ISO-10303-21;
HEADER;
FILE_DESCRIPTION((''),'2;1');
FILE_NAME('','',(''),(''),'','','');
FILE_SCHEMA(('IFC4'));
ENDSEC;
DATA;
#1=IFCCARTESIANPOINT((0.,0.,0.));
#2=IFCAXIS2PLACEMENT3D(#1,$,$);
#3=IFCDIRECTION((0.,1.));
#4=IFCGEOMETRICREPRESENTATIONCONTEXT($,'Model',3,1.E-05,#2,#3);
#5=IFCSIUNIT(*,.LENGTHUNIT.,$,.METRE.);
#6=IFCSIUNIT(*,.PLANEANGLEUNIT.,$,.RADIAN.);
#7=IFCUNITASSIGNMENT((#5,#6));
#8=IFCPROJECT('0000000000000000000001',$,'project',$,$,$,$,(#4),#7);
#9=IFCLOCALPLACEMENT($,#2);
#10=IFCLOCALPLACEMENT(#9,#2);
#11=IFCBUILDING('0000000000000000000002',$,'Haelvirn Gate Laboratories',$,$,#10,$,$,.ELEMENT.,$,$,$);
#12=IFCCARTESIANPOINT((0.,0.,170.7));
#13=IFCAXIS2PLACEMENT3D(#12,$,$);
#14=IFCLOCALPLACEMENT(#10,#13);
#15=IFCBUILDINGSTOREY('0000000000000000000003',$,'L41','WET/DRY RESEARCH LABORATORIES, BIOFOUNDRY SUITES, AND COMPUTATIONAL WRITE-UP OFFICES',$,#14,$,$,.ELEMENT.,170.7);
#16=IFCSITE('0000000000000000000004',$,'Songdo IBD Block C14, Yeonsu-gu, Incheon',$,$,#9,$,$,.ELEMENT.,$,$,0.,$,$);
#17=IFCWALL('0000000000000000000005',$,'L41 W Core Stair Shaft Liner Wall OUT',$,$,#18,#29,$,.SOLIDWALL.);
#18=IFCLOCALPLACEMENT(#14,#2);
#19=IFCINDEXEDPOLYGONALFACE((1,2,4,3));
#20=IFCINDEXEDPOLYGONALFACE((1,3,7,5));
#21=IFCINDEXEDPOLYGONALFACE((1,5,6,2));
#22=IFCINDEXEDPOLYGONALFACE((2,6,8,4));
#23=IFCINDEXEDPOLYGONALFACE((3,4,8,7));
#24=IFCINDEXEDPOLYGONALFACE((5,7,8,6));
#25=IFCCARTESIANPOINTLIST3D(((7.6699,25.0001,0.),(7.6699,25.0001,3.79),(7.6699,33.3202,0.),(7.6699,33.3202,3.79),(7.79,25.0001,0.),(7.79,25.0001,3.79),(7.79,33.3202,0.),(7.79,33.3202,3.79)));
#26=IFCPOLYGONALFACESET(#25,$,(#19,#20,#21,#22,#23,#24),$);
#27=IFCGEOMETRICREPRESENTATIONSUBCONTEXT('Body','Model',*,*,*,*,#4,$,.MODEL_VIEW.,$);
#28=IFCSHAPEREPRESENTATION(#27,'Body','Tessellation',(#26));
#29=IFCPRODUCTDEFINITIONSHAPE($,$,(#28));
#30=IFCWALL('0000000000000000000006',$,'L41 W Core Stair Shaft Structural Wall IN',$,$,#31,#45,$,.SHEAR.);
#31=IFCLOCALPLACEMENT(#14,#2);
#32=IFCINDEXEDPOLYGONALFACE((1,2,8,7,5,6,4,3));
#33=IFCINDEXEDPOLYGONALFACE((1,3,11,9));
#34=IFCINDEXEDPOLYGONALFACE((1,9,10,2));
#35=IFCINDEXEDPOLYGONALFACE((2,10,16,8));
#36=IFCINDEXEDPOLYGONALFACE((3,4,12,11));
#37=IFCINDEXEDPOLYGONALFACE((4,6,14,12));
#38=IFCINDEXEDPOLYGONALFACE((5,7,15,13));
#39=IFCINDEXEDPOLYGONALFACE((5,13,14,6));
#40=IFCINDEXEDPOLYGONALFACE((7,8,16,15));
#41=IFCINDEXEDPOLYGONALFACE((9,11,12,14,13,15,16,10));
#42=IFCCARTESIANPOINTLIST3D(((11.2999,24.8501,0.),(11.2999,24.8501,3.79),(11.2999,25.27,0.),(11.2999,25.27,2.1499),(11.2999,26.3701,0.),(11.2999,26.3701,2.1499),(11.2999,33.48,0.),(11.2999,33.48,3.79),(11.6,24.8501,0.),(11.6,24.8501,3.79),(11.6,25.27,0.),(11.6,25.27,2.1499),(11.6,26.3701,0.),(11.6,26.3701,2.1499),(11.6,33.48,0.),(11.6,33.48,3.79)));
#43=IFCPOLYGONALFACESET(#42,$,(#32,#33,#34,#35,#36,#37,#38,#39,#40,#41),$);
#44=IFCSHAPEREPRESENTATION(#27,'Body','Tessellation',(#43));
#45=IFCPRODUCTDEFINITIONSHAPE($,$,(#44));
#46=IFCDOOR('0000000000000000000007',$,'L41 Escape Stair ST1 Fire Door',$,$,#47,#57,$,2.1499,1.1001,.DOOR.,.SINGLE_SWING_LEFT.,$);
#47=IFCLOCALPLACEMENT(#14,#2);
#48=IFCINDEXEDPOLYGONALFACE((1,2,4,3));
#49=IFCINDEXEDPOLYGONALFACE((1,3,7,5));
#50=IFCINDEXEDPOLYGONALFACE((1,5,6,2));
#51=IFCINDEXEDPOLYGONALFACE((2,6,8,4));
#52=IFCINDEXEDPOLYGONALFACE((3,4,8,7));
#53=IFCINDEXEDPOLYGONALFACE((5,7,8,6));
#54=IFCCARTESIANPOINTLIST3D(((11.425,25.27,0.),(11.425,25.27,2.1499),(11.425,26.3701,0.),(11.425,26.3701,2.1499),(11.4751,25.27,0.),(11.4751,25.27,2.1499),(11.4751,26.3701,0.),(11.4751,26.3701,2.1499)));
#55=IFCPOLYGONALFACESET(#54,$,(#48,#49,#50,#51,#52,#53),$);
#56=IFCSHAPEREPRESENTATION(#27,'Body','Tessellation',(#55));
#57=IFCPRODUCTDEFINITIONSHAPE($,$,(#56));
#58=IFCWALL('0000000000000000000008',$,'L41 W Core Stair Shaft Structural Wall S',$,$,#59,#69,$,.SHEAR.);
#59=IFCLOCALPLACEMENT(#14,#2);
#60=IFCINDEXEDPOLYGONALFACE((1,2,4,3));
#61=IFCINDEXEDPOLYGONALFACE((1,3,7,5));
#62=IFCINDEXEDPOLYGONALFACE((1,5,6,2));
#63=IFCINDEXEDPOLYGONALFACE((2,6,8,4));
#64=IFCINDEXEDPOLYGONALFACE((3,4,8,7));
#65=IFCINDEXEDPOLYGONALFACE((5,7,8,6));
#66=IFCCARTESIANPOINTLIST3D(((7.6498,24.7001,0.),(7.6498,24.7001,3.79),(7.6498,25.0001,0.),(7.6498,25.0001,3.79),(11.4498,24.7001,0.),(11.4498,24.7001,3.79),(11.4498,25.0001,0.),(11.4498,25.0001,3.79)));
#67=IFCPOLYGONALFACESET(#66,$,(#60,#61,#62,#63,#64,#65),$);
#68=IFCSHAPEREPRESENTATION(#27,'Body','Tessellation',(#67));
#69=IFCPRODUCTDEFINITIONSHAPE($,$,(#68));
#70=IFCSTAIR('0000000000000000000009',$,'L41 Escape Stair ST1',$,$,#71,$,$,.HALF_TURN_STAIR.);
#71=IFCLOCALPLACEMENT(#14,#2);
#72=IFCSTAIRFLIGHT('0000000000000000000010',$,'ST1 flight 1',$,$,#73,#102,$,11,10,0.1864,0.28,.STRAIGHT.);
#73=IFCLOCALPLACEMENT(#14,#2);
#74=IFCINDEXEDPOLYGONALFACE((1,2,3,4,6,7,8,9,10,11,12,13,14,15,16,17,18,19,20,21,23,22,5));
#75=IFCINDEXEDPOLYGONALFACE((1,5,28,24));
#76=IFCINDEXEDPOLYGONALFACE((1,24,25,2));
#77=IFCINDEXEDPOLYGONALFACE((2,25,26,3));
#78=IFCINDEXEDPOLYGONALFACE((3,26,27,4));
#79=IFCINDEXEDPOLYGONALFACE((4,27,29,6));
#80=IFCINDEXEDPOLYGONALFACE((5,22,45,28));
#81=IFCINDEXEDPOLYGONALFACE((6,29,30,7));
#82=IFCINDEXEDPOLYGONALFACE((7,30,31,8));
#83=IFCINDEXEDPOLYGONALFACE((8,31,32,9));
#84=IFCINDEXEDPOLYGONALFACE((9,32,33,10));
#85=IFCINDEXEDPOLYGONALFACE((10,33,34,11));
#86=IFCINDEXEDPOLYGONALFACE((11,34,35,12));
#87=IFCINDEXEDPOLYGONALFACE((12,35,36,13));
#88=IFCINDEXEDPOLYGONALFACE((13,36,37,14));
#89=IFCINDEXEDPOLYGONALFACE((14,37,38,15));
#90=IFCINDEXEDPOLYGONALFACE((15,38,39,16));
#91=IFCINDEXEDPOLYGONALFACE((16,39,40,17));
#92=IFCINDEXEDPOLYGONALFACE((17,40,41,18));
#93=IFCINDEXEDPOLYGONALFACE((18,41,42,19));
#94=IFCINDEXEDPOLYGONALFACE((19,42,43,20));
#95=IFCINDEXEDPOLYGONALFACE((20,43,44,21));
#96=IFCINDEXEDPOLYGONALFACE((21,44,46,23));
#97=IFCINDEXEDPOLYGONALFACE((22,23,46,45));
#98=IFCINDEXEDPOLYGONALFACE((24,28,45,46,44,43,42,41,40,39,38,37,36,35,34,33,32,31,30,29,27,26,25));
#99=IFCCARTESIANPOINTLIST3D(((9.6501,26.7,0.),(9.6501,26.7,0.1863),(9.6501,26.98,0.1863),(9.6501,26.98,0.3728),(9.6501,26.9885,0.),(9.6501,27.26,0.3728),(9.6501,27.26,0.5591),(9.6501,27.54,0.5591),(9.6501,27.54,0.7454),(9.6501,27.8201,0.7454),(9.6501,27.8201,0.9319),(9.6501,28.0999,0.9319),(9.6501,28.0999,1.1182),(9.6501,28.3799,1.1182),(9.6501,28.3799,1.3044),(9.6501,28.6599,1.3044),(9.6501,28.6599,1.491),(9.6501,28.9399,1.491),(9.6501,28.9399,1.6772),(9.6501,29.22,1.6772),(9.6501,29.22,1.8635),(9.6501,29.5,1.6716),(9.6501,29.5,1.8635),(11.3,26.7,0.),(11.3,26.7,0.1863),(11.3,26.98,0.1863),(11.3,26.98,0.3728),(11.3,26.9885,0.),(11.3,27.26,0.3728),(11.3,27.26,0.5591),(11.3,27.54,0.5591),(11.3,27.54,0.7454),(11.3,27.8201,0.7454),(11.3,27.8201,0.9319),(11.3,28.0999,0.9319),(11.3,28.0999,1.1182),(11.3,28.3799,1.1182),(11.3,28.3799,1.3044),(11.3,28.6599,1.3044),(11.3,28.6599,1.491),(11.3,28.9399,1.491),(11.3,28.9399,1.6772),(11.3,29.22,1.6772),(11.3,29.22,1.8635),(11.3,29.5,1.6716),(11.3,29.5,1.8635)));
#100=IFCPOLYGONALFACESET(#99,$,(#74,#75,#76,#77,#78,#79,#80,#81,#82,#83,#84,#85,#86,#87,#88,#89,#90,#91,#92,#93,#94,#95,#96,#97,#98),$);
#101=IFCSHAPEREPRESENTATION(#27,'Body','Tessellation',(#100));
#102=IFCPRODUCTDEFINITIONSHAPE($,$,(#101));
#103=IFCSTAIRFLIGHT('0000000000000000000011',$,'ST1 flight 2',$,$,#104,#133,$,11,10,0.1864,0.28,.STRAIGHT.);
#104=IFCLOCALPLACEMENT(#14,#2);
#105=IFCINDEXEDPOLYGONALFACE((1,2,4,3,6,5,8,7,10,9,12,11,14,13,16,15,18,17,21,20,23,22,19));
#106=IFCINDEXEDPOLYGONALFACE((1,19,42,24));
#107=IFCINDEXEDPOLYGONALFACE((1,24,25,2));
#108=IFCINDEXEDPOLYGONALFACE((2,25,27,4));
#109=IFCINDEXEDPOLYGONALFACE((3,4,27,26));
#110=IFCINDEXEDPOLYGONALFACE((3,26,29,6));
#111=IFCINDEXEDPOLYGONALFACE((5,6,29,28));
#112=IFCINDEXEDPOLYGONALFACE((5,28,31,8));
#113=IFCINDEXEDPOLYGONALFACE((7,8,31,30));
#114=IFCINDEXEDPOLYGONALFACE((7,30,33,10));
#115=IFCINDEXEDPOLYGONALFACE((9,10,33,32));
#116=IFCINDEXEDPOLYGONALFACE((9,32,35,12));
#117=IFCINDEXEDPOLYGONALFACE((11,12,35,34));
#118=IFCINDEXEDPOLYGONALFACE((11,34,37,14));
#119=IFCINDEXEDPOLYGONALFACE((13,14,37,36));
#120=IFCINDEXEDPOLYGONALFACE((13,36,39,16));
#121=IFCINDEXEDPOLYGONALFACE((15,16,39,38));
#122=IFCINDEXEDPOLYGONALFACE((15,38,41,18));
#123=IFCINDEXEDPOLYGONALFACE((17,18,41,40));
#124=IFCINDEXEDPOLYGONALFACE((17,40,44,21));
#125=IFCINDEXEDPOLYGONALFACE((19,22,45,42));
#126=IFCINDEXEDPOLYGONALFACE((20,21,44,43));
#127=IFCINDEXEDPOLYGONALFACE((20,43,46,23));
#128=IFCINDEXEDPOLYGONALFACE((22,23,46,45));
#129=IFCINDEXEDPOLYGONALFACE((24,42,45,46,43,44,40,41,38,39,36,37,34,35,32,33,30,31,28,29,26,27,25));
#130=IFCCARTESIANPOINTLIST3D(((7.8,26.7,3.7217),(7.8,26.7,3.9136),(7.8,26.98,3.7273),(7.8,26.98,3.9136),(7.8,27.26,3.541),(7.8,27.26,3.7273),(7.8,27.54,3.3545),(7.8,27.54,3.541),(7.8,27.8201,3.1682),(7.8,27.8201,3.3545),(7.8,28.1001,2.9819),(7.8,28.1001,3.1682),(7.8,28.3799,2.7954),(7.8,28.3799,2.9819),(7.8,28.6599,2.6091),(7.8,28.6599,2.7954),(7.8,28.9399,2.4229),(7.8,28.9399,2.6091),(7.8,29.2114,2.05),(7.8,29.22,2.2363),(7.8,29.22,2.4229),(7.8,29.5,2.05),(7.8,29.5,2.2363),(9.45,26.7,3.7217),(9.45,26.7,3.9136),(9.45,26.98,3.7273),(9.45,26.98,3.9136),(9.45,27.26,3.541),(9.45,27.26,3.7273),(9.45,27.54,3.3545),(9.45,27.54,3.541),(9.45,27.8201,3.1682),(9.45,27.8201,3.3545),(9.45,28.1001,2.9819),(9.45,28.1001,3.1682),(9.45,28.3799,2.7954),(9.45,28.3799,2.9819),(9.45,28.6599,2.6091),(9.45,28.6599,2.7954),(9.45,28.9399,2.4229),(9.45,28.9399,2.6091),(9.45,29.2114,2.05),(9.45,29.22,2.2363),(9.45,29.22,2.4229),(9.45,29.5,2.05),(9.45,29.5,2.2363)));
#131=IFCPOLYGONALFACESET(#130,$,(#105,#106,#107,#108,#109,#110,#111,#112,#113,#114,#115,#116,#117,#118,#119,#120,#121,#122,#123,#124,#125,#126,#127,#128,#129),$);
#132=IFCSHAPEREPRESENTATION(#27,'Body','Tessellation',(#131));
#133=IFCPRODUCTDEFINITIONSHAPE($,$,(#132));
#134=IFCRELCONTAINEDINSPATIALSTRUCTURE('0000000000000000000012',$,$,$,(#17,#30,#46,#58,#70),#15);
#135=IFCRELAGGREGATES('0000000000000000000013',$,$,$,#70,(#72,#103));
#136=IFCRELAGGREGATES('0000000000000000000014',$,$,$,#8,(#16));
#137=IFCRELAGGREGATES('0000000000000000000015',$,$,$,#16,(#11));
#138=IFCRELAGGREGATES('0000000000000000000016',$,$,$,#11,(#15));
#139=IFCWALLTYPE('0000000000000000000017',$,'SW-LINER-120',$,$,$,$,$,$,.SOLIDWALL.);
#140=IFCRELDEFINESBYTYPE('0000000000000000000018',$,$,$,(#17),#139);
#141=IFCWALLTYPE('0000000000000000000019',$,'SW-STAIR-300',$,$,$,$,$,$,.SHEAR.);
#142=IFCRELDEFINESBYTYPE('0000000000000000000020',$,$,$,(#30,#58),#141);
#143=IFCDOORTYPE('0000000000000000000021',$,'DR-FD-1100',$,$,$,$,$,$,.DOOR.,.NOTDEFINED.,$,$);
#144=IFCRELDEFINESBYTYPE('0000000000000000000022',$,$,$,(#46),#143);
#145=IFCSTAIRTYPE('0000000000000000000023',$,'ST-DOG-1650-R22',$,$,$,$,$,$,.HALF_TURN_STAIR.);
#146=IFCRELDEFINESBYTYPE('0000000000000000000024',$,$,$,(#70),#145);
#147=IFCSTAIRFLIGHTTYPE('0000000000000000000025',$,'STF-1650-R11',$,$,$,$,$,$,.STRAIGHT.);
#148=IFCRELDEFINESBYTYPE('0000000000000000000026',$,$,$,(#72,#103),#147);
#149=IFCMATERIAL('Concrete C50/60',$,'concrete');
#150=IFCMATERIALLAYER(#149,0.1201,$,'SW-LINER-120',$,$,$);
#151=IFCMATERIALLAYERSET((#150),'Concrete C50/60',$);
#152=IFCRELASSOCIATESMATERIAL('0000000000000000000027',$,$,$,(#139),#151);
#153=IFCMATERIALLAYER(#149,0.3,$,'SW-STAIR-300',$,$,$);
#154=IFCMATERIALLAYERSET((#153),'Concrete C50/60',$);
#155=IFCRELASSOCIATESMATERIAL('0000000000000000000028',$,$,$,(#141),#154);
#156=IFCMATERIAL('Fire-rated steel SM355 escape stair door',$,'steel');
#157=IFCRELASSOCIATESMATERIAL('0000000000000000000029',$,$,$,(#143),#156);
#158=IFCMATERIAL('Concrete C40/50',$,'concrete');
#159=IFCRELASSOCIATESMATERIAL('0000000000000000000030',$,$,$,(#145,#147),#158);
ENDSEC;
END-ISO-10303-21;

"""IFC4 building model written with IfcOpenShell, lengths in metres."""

from ifc_helpers import new_model, si_unit, direction, frame, frame_2d, origin, place, context, subcontext, project, spatial, polyline, rectangle, outline, extrude, source, transform, mapped, material, layer, layer_set, type_object, type_shapes, element, fill, aggregate, save


model = new_model("IFC4")

# Units and contexts
model_context = context("Model", 3, precision=1e-05, world=origin(), true_north=direction((0.0, 1.0)))
body_context = subcontext(model_context, "Body", "Model", "MODEL_VIEW")
ifc_project = project(units=[si_unit("LENGTHUNIT", "METRE"), si_unit("PLANEANGLEUNIT", "RADIAN")], contexts=[model_context])

# Site, building, storey
site_placement = place(None, origin())
site = spatial("IfcSite", under=ifc_project, at=site_placement, Name="Songdo IBD Block C14, Yeonsu-gu, Incheon", CompositionType="ELEMENT", RefElevation=0.0)
building_placement = place(site_placement, origin())
building = spatial("IfcBuilding", under=site, at=building_placement, Name="Haelvirn Gate Laboratories", CompositionType="ELEMENT")
storey_placement = place(building_placement, frame((0.0, 0.0, 170.7)))
storey = spatial("IfcBuildingStorey", under=building, at=storey_placement, Name="L41", Description="WET/DRY RESEARCH LABORATORIES, BIOFOUNDRY SUITES, AND COMPUTATIONAL WRITE-UP OFFICES", CompositionType="ELEMENT", Elevation=170.7)

# Shared definitions
ifc_material_1 = material(Name="Concrete C50/60", Category="concrete")

# Shared definitions
ifc_material_2 = material(Name="Concrete C40/50", Category="concrete")

# Wall
ifc_layer_1 = layer(ifc_material_1, 0.1201, Name="SW-LINER-120")
ifc_layer_set_1 = layer_set([ifc_layer_1], Name="Concrete C50/60")
wall_type_1 = type_object("IfcWallType", Name="SW-LINER-120", PredefinedType="SOLIDWALL", material=ifc_layer_set_1)
wall_1_placement = place(storey_placement, frame((7.73, 25.0, 0.0), z_axis=(0.0, 0.0, 1.0), x_axis=(0.0, 1.0, 0.0)))
element("IfcWall", 1, at=wall_1_placement, inside=storey, type_object=wall_type_1, Name="L41 W Core Stair Shaft Liner Wall OUT", PredefinedType="SOLIDWALL", context=body_context, shape_type="SweptSolid", body=[
    extrude(rectangle(XDim=8.3201, YDim=0.1201, at=frame_2d((4.1602, 0.0))), origin(), (0.0, 0.0, 1.0), 3.79),
])

# Wall, opening, door
ifc_layer_2 = layer(ifc_material_1, 0.3, Name="SW-STAIR-300")
ifc_layer_set_2 = layer_set([ifc_layer_2], Name="Concrete C50/60")
wall_type_2 = type_object("IfcWallType", Name="SW-STAIR-300", PredefinedType="SHEAR", material=ifc_layer_set_2)
wall_2_placement = place(storey_placement, frame((11.45, 24.8501, 0.0), z_axis=(0.0, 0.0, 1.0), x_axis=(0.0, 1.0, 0.0)))
wall_2 = element("IfcWall", 2, at=wall_2_placement, inside=storey, type_object=wall_type_2, Name="L41 W Core Stair Shaft Structural Wall IN", PredefinedType="SHEAR", context=body_context, shape_type="SweptSolid", body=[
    extrude(rectangle(XDim=8.6299, YDim=0.3, at=frame_2d((4.3149, 0.0))), origin(), (0.0, 0.0, 1.0), 3.79),
])
opening_1_placement = place(wall_2_placement, frame((0.4199, 0.0, 0.0)))
opening_1 = element("IfcOpeningElement", 3, at=opening_1_placement, cuts=wall_2, PredefinedType="OPENING", context=body_context, shape_type="SweptSolid", body=[
    extrude(rectangle(XDim=1.1001, YDim=2.1499, at=frame_2d((0.55, 1.075))), frame((0.0, 0.1602, 0.0), z_axis=(0.0, -1.0, 0.0), x_axis=(1.0, 0.0, 0.0)), (0.0, 0.0, 1.0), 0.3201),
])
ifc_material_3 = material(Name="Fire-rated steel SM355 escape stair door", Category="steel")
door_type_1 = type_object("IfcDoorType", Name="DR-FD-1100", OperationType="NOTDEFINED", PredefinedType="DOOR", material=ifc_material_3)
shared_shape_1 = source(origin(), body_context, "Body", "SweptSolid", [
    extrude(rectangle(XDim=1.1001, YDim=2.1499, at=frame_2d((0.55, 1.075))), frame((0.0, 0.0249, 0.0), z_axis=(0.0, -1.0, 0.0), x_axis=(1.0, 0.0, 0.0)), (0.0, 0.0, 1.0), 0.05),
])
type_shapes(door_type_1, [shared_shape_1])
door_1_placement = place(opening_1_placement, origin())
door_1 = element("IfcDoor", 4, at=door_1_placement, inside=storey, type_object=door_type_1, Name="L41 Escape Stair ST1 Fire Door", OperationType="SINGLE_SWING_LEFT", OverallHeight=2.1499, OverallWidth=1.1001, PredefinedType="DOOR", context=body_context, shape_type="MappedRepresentation", body=[
    mapped(shared_shape_1, transform((0.0, 0.0, 0.0), scale=1.0)),
])
fill(opening_1, door_1)

# Wall
wall_3_placement = place(storey_placement, frame((7.6499, 24.8501, 0.0), z_axis=(0.0, 0.0, 1.0), x_axis=(1.0, 0.0, 0.0)))
element("IfcWall", 5, at=wall_3_placement, inside=storey, type_object=wall_type_2, Name="L41 W Core Stair Shaft Structural Wall S", PredefinedType="SHEAR", context=body_context, shape_type="SweptSolid", body=[
    extrude(rectangle(XDim=3.8, YDim=0.3, at=frame_2d((1.8999, 0.0))), origin(), (0.0, 0.0, 1.0), 3.79),
])

# Stair, stair flights
stair_type = type_object("IfcStairType", Name="ST-DOG-1650-R22", PredefinedType="HALF_TURN_STAIR", material=ifc_material_2)
stair_placement = place(storey_placement, origin())
stair = element("IfcStair", 6, at=stair_placement, inside=storey, type_object=stair_type, Name="L41 Escape Stair ST1", PredefinedType="HALF_TURN_STAIR")
stair_flight_type = type_object("IfcStairFlightType", Name="STF-1650-R11", PredefinedType="STRAIGHT", material=ifc_material_2)
shared_shape_2 = source(origin(), body_context, "Body", "SweptSolid", [
    extrude(outline(polyline([(0.0, 0.0), (0.0, 0.1863), (0.28, 0.1863), (0.28, 0.3728), (0.5601, 0.3728), (0.5601, 0.5591), (0.8401, 0.5591), (0.8401, 0.7454), (1.1201, 0.7454), (1.1201, 0.9319), (1.3999, 0.9319), (1.3999, 1.1182), (1.6799, 1.1182), (1.6799, 1.3044), (1.96, 1.3044), (1.96, 1.491), (2.24, 1.491), (2.24, 1.6772), (2.52, 1.6772), (2.52, 1.8635), (2.8, 1.8635), (2.8, 2.05), (2.8, 1.6716), (0.2886, 0.0), (0.0, 0.0)])), frame((0.0, 0.825, 0.0), z_axis=(0.0, -1.0, 0.0), x_axis=(1.0, 0.0, 0.0)), (0.0, 0.0, 1.0), 1.6499),
])
type_shapes(stair_flight_type, [shared_shape_2])
stair_flight_1_placement = place(storey_placement, frame((10.4751, 26.7, 0.0), z_axis=(0.0, 0.0, 1.0), x_axis=(0.0, 1.0, 0.0)))
stair_flight_1 = element("IfcStairFlight", 7, at=stair_flight_1_placement, type_object=stair_flight_type, Name="ST1 flight 1", NumberOfRisers=11, NumberOfTreads=10, PredefinedType="STRAIGHT", RiserHeight=0.1864, TreadLength=0.28, context=body_context, shape_type="MappedRepresentation", body=[
    mapped(shared_shape_2, transform((0.0, 0.0, 0.0), scale=1.0)),
])
stair_flight_2_placement = place(storey_placement, frame((8.625, 29.5, 2.05), z_axis=(0.0, 0.0, 1.0), x_axis=(0.0, -1.0, 0.0)))
stair_flight_2 = element("IfcStairFlight", 8, at=stair_flight_2_placement, type_object=stair_flight_type, Name="ST1 flight 2", NumberOfRisers=11, NumberOfTreads=10, PredefinedType="STRAIGHT", RiserHeight=0.1864, TreadLength=0.28, context=body_context, shape_type="MappedRepresentation", body=[
    mapped(shared_shape_2, transform((0.0, 0.0, 0.0), scale=1.0)),
])
aggregate(stair, [stair_flight_1, stair_flight_2])

save(model, "model.ifc")
